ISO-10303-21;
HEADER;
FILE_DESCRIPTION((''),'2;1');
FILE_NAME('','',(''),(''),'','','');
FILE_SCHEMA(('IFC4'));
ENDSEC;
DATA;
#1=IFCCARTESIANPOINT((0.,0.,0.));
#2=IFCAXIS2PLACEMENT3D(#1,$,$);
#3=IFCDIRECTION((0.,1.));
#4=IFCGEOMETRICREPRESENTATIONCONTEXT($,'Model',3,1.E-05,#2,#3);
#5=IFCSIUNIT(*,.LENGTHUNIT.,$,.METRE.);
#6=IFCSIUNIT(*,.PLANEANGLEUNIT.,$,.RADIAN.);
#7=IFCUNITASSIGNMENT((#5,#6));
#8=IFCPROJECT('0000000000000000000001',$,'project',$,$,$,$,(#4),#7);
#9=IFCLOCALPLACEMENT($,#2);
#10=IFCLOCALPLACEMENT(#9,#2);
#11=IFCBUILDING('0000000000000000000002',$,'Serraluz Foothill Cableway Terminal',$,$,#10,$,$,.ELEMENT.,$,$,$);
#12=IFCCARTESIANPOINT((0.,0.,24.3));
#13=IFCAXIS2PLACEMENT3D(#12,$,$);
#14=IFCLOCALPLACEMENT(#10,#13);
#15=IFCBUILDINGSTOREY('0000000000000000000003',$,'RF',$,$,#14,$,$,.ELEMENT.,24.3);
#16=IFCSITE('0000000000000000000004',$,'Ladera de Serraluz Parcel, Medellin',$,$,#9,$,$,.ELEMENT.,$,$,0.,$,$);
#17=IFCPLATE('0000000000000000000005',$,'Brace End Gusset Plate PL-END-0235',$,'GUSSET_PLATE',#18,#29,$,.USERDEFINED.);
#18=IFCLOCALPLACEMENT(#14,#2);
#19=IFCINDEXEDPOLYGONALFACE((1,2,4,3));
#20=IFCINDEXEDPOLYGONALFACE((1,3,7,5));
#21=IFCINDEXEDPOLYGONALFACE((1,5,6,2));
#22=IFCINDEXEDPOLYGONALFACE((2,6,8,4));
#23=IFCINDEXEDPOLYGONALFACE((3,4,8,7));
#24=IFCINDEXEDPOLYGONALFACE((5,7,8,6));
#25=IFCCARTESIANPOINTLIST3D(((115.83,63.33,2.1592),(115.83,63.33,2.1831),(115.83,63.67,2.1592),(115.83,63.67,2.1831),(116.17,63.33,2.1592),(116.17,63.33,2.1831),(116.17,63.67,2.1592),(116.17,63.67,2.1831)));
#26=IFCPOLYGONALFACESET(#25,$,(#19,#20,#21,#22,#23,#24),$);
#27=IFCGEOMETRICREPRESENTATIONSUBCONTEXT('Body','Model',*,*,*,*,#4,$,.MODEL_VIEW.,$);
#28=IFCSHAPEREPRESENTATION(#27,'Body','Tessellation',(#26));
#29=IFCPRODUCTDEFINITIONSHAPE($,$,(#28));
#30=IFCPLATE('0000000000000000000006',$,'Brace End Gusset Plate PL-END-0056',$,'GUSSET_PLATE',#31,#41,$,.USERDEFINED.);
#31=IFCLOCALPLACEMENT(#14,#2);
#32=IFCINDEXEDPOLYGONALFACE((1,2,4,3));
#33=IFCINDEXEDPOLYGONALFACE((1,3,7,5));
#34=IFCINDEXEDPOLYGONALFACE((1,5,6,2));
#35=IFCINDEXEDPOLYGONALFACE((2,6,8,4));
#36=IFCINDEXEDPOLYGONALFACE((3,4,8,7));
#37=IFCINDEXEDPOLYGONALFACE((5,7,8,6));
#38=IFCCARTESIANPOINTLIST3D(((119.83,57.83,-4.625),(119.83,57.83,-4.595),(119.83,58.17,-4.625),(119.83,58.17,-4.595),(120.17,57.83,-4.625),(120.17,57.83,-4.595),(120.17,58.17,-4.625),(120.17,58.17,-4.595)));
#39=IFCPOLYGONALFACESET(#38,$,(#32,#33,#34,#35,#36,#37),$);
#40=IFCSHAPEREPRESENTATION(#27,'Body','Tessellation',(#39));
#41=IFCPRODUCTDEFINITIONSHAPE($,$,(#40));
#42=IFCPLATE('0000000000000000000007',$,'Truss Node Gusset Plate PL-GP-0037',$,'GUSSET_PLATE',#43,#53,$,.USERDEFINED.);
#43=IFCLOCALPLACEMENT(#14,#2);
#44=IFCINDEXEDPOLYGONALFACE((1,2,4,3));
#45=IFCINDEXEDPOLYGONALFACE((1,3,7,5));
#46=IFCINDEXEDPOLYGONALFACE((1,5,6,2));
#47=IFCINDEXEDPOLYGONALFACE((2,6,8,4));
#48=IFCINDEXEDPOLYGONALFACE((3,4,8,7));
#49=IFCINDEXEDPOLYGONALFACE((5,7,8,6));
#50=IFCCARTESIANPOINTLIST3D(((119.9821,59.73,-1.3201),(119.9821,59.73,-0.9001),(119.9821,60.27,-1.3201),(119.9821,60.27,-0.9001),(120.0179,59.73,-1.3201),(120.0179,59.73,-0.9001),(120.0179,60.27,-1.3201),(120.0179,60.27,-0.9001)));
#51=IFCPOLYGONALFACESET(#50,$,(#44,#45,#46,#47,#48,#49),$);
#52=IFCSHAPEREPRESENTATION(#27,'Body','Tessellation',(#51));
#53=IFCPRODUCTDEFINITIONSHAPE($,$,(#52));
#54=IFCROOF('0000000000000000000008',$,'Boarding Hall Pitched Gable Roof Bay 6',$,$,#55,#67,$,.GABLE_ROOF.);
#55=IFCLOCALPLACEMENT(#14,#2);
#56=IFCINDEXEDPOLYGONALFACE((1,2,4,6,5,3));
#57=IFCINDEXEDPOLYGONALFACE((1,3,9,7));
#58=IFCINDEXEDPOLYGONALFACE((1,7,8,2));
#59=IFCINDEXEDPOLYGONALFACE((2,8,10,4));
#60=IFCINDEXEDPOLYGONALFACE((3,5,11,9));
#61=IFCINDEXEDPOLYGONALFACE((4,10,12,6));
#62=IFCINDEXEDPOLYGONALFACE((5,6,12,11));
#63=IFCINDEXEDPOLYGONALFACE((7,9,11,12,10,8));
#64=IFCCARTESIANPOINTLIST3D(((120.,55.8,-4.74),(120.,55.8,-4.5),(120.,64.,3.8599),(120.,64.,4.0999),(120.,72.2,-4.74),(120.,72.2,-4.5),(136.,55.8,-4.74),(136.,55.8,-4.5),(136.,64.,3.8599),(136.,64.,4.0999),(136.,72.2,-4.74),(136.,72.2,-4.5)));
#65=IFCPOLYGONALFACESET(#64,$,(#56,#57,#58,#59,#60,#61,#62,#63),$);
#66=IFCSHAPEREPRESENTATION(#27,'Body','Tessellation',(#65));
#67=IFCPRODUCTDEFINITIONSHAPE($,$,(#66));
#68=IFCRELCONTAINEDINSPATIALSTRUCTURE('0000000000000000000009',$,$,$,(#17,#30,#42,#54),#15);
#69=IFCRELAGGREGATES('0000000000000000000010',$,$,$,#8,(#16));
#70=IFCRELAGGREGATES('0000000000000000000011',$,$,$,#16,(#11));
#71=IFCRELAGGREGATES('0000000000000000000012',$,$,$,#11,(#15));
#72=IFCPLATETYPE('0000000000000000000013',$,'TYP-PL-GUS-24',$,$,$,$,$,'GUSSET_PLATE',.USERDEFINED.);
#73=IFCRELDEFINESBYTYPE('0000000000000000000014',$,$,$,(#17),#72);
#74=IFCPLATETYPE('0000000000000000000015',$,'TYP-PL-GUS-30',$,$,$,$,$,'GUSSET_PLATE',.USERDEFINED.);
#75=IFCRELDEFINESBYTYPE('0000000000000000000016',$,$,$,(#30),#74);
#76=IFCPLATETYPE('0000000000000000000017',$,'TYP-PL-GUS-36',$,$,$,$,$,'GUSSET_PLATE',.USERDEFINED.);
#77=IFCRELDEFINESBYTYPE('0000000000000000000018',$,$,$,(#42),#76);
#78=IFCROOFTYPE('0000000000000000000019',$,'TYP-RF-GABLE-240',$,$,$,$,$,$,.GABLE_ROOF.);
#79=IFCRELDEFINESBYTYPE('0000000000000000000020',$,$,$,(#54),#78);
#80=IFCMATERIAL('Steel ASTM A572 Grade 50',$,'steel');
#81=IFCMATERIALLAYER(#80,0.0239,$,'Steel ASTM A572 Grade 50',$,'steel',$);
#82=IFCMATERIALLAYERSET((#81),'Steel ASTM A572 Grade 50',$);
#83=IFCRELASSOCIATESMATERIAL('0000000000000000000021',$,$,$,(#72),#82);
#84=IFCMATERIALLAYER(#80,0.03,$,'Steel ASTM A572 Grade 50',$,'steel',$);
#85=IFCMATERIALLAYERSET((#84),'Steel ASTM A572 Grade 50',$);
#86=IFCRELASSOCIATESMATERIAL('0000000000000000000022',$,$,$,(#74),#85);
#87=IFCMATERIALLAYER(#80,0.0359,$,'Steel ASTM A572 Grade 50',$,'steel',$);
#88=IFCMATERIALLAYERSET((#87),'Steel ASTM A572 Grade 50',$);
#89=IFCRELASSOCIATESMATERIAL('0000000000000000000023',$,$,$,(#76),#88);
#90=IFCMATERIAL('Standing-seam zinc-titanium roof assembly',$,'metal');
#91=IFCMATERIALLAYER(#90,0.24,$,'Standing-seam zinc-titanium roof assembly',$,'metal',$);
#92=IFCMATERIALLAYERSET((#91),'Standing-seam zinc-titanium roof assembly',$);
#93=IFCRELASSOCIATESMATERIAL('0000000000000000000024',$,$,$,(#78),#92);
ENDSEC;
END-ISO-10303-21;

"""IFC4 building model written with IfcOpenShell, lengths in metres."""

from ifc_helpers import new_model, si_unit, direction, frame, origin, origin_2d, place, context, subcontext, project, spatial, polyline, rectangle, outline, extrude, material, layer, layer_set, type_object, element, save


model = new_model("IFC4")

# Units and contexts
model_context = context("Model", 3, precision=1e-05, world=origin(), true_north=direction((0.0, 1.0)))
body_context = subcontext(model_context, "Body", "Model", "MODEL_VIEW")
ifc_project = project(units=[si_unit("LENGTHUNIT", "METRE"), si_unit("PLANEANGLEUNIT", "RADIAN")], contexts=[model_context])

# Site, building, storey
site_placement = place(None, origin())
site = spatial("IfcSite", under=ifc_project, at=site_placement, Name="Ladera de Serraluz Parcel, Medellin", CompositionType="ELEMENT", RefElevation=0.0)
building_placement = place(site_placement, origin())
building = spatial("IfcBuilding", under=site, at=building_placement, Name="Serraluz Foothill Cableway Terminal", CompositionType="ELEMENT")
storey_placement = place(building_placement, frame((0.0, 0.0, 24.3)))
storey = spatial("IfcBuildingStorey", under=building, at=storey_placement, Name="RF", CompositionType="ELEMENT", Elevation=24.3)

# Shared definitions
ifc_material_1 = material(Name="Steel ASTM A572 Grade 50", Category="steel")

# Plates
ifc_layer_1 = layer(ifc_material_1, 0.0239, Name="Steel ASTM A572 Grade 50", Category="steel")
ifc_layer_set_1 = layer_set([ifc_layer_1], Name="Steel ASTM A572 Grade 50")
plate_type_1 = type_object("IfcPlateType", Name="TYP-PL-GUS-24", ElementType="GUSSET_PLATE", PredefinedType="USERDEFINED", material=ifc_layer_set_1)
plate_1_placement = place(storey_placement, frame((116.0, 63.5, 2.1592), z_axis=(0.0, 0.0, 1.0), x_axis=(1.0, 0.0, 0.0)))
element("IfcPlate", 1, at=plate_1_placement, inside=storey, type_object=plate_type_1, Name="Brace End Gusset Plate PL-END-0235", ObjectType="GUSSET_PLATE", PredefinedType="USERDEFINED", context=body_context, shape_type="SweptSolid", body=[
    extrude(rectangle(XDim=0.3401, YDim=0.3401, at=origin_2d()), origin(), (0.0, 0.0, 1.0), 0.0239),
])
ifc_layer_2 = layer(ifc_material_1, 0.03, Name="Steel ASTM A572 Grade 50", Category="steel")
ifc_layer_set_2 = layer_set([ifc_layer_2], Name="Steel ASTM A572 Grade 50")
plate_type_2 = type_object("IfcPlateType", Name="TYP-PL-GUS-30", ElementType="GUSSET_PLATE", PredefinedType="USERDEFINED", material=ifc_layer_set_2)
plate_2_placement = place(storey_placement, frame((120.0, 58.0, -4.625), z_axis=(0.0, 0.0, 1.0), x_axis=(1.0, 0.0, 0.0)))
element("IfcPlate", 2, at=plate_2_placement, inside=storey, type_object=plate_type_2, Name="Brace End Gusset Plate PL-END-0056", ObjectType="GUSSET_PLATE", PredefinedType="USERDEFINED", context=body_context, shape_type="SweptSolid", body=[
    extrude(rectangle(XDim=0.3401, YDim=0.3401, at=origin_2d()), origin(), (0.0, 0.0, 1.0), 0.03),
])
ifc_layer_3 = layer(ifc_material_1, 0.0359, Name="Steel ASTM A572 Grade 50", Category="steel")
ifc_layer_set_3 = layer_set([ifc_layer_3], Name="Steel ASTM A572 Grade 50")
plate_type_3 = type_object("IfcPlateType", Name="TYP-PL-GUS-36", ElementType="GUSSET_PLATE", PredefinedType="USERDEFINED", material=ifc_layer_set_3)
plate_3_placement = place(storey_placement, frame((120.0, 60.0, -1.3201), z_axis=(0.0, 0.0, 1.0), x_axis=(1.0, 0.0, 0.0)))
element("IfcPlate", 3, at=plate_3_placement, inside=storey, type_object=plate_type_3, Name="Truss Node Gusset Plate PL-GP-0037", ObjectType="GUSSET_PLATE", PredefinedType="USERDEFINED", context=body_context, shape_type="SweptSolid", body=[
    extrude(rectangle(XDim=0.0359, YDim=0.54, at=origin_2d()), origin(), (0.0, 0.0, 1.0), 0.4199),
])

# Roof
ifc_material_2 = material(Name="Standing-seam zinc-titanium roof assembly", Category="metal")
ifc_layer_4 = layer(ifc_material_2, 0.24, Name="Standing-seam zinc-titanium roof assembly", Category="metal")
ifc_layer_set_4 = layer_set([ifc_layer_4], Name="Standing-seam zinc-titanium roof assembly")
roof_type = type_object("IfcRoofType", Name="TYP-RF-GABLE-240", PredefinedType="GABLE_ROOF", material=ifc_layer_set_4)
roof_placement = place(storey_placement, frame((120.0, 55.8, -4.5)))
element("IfcRoof", 4, at=roof_placement, inside=storey, type_object=roof_type, Name="Boarding Hall Pitched Gable Roof Bay 6", PredefinedType="GABLE_ROOF", context=body_context, shape_type="SweptSolid", body=[
    extrude(outline(polyline([(0.0, 0.0), (8.2, 8.5999), (16.3999, 0.0), (16.3999, -0.24), (8.2, 8.3599), (0.0, -0.24), (0.0, 0.0)])), frame((0.0, 0.0, 0.0), z_axis=(1.0, 0.0, 0.0), x_axis=(0.0, 1.0, 0.0)), (0.0, 0.0, 1.0), 16.0),
])

save(model, "model.ifc")
